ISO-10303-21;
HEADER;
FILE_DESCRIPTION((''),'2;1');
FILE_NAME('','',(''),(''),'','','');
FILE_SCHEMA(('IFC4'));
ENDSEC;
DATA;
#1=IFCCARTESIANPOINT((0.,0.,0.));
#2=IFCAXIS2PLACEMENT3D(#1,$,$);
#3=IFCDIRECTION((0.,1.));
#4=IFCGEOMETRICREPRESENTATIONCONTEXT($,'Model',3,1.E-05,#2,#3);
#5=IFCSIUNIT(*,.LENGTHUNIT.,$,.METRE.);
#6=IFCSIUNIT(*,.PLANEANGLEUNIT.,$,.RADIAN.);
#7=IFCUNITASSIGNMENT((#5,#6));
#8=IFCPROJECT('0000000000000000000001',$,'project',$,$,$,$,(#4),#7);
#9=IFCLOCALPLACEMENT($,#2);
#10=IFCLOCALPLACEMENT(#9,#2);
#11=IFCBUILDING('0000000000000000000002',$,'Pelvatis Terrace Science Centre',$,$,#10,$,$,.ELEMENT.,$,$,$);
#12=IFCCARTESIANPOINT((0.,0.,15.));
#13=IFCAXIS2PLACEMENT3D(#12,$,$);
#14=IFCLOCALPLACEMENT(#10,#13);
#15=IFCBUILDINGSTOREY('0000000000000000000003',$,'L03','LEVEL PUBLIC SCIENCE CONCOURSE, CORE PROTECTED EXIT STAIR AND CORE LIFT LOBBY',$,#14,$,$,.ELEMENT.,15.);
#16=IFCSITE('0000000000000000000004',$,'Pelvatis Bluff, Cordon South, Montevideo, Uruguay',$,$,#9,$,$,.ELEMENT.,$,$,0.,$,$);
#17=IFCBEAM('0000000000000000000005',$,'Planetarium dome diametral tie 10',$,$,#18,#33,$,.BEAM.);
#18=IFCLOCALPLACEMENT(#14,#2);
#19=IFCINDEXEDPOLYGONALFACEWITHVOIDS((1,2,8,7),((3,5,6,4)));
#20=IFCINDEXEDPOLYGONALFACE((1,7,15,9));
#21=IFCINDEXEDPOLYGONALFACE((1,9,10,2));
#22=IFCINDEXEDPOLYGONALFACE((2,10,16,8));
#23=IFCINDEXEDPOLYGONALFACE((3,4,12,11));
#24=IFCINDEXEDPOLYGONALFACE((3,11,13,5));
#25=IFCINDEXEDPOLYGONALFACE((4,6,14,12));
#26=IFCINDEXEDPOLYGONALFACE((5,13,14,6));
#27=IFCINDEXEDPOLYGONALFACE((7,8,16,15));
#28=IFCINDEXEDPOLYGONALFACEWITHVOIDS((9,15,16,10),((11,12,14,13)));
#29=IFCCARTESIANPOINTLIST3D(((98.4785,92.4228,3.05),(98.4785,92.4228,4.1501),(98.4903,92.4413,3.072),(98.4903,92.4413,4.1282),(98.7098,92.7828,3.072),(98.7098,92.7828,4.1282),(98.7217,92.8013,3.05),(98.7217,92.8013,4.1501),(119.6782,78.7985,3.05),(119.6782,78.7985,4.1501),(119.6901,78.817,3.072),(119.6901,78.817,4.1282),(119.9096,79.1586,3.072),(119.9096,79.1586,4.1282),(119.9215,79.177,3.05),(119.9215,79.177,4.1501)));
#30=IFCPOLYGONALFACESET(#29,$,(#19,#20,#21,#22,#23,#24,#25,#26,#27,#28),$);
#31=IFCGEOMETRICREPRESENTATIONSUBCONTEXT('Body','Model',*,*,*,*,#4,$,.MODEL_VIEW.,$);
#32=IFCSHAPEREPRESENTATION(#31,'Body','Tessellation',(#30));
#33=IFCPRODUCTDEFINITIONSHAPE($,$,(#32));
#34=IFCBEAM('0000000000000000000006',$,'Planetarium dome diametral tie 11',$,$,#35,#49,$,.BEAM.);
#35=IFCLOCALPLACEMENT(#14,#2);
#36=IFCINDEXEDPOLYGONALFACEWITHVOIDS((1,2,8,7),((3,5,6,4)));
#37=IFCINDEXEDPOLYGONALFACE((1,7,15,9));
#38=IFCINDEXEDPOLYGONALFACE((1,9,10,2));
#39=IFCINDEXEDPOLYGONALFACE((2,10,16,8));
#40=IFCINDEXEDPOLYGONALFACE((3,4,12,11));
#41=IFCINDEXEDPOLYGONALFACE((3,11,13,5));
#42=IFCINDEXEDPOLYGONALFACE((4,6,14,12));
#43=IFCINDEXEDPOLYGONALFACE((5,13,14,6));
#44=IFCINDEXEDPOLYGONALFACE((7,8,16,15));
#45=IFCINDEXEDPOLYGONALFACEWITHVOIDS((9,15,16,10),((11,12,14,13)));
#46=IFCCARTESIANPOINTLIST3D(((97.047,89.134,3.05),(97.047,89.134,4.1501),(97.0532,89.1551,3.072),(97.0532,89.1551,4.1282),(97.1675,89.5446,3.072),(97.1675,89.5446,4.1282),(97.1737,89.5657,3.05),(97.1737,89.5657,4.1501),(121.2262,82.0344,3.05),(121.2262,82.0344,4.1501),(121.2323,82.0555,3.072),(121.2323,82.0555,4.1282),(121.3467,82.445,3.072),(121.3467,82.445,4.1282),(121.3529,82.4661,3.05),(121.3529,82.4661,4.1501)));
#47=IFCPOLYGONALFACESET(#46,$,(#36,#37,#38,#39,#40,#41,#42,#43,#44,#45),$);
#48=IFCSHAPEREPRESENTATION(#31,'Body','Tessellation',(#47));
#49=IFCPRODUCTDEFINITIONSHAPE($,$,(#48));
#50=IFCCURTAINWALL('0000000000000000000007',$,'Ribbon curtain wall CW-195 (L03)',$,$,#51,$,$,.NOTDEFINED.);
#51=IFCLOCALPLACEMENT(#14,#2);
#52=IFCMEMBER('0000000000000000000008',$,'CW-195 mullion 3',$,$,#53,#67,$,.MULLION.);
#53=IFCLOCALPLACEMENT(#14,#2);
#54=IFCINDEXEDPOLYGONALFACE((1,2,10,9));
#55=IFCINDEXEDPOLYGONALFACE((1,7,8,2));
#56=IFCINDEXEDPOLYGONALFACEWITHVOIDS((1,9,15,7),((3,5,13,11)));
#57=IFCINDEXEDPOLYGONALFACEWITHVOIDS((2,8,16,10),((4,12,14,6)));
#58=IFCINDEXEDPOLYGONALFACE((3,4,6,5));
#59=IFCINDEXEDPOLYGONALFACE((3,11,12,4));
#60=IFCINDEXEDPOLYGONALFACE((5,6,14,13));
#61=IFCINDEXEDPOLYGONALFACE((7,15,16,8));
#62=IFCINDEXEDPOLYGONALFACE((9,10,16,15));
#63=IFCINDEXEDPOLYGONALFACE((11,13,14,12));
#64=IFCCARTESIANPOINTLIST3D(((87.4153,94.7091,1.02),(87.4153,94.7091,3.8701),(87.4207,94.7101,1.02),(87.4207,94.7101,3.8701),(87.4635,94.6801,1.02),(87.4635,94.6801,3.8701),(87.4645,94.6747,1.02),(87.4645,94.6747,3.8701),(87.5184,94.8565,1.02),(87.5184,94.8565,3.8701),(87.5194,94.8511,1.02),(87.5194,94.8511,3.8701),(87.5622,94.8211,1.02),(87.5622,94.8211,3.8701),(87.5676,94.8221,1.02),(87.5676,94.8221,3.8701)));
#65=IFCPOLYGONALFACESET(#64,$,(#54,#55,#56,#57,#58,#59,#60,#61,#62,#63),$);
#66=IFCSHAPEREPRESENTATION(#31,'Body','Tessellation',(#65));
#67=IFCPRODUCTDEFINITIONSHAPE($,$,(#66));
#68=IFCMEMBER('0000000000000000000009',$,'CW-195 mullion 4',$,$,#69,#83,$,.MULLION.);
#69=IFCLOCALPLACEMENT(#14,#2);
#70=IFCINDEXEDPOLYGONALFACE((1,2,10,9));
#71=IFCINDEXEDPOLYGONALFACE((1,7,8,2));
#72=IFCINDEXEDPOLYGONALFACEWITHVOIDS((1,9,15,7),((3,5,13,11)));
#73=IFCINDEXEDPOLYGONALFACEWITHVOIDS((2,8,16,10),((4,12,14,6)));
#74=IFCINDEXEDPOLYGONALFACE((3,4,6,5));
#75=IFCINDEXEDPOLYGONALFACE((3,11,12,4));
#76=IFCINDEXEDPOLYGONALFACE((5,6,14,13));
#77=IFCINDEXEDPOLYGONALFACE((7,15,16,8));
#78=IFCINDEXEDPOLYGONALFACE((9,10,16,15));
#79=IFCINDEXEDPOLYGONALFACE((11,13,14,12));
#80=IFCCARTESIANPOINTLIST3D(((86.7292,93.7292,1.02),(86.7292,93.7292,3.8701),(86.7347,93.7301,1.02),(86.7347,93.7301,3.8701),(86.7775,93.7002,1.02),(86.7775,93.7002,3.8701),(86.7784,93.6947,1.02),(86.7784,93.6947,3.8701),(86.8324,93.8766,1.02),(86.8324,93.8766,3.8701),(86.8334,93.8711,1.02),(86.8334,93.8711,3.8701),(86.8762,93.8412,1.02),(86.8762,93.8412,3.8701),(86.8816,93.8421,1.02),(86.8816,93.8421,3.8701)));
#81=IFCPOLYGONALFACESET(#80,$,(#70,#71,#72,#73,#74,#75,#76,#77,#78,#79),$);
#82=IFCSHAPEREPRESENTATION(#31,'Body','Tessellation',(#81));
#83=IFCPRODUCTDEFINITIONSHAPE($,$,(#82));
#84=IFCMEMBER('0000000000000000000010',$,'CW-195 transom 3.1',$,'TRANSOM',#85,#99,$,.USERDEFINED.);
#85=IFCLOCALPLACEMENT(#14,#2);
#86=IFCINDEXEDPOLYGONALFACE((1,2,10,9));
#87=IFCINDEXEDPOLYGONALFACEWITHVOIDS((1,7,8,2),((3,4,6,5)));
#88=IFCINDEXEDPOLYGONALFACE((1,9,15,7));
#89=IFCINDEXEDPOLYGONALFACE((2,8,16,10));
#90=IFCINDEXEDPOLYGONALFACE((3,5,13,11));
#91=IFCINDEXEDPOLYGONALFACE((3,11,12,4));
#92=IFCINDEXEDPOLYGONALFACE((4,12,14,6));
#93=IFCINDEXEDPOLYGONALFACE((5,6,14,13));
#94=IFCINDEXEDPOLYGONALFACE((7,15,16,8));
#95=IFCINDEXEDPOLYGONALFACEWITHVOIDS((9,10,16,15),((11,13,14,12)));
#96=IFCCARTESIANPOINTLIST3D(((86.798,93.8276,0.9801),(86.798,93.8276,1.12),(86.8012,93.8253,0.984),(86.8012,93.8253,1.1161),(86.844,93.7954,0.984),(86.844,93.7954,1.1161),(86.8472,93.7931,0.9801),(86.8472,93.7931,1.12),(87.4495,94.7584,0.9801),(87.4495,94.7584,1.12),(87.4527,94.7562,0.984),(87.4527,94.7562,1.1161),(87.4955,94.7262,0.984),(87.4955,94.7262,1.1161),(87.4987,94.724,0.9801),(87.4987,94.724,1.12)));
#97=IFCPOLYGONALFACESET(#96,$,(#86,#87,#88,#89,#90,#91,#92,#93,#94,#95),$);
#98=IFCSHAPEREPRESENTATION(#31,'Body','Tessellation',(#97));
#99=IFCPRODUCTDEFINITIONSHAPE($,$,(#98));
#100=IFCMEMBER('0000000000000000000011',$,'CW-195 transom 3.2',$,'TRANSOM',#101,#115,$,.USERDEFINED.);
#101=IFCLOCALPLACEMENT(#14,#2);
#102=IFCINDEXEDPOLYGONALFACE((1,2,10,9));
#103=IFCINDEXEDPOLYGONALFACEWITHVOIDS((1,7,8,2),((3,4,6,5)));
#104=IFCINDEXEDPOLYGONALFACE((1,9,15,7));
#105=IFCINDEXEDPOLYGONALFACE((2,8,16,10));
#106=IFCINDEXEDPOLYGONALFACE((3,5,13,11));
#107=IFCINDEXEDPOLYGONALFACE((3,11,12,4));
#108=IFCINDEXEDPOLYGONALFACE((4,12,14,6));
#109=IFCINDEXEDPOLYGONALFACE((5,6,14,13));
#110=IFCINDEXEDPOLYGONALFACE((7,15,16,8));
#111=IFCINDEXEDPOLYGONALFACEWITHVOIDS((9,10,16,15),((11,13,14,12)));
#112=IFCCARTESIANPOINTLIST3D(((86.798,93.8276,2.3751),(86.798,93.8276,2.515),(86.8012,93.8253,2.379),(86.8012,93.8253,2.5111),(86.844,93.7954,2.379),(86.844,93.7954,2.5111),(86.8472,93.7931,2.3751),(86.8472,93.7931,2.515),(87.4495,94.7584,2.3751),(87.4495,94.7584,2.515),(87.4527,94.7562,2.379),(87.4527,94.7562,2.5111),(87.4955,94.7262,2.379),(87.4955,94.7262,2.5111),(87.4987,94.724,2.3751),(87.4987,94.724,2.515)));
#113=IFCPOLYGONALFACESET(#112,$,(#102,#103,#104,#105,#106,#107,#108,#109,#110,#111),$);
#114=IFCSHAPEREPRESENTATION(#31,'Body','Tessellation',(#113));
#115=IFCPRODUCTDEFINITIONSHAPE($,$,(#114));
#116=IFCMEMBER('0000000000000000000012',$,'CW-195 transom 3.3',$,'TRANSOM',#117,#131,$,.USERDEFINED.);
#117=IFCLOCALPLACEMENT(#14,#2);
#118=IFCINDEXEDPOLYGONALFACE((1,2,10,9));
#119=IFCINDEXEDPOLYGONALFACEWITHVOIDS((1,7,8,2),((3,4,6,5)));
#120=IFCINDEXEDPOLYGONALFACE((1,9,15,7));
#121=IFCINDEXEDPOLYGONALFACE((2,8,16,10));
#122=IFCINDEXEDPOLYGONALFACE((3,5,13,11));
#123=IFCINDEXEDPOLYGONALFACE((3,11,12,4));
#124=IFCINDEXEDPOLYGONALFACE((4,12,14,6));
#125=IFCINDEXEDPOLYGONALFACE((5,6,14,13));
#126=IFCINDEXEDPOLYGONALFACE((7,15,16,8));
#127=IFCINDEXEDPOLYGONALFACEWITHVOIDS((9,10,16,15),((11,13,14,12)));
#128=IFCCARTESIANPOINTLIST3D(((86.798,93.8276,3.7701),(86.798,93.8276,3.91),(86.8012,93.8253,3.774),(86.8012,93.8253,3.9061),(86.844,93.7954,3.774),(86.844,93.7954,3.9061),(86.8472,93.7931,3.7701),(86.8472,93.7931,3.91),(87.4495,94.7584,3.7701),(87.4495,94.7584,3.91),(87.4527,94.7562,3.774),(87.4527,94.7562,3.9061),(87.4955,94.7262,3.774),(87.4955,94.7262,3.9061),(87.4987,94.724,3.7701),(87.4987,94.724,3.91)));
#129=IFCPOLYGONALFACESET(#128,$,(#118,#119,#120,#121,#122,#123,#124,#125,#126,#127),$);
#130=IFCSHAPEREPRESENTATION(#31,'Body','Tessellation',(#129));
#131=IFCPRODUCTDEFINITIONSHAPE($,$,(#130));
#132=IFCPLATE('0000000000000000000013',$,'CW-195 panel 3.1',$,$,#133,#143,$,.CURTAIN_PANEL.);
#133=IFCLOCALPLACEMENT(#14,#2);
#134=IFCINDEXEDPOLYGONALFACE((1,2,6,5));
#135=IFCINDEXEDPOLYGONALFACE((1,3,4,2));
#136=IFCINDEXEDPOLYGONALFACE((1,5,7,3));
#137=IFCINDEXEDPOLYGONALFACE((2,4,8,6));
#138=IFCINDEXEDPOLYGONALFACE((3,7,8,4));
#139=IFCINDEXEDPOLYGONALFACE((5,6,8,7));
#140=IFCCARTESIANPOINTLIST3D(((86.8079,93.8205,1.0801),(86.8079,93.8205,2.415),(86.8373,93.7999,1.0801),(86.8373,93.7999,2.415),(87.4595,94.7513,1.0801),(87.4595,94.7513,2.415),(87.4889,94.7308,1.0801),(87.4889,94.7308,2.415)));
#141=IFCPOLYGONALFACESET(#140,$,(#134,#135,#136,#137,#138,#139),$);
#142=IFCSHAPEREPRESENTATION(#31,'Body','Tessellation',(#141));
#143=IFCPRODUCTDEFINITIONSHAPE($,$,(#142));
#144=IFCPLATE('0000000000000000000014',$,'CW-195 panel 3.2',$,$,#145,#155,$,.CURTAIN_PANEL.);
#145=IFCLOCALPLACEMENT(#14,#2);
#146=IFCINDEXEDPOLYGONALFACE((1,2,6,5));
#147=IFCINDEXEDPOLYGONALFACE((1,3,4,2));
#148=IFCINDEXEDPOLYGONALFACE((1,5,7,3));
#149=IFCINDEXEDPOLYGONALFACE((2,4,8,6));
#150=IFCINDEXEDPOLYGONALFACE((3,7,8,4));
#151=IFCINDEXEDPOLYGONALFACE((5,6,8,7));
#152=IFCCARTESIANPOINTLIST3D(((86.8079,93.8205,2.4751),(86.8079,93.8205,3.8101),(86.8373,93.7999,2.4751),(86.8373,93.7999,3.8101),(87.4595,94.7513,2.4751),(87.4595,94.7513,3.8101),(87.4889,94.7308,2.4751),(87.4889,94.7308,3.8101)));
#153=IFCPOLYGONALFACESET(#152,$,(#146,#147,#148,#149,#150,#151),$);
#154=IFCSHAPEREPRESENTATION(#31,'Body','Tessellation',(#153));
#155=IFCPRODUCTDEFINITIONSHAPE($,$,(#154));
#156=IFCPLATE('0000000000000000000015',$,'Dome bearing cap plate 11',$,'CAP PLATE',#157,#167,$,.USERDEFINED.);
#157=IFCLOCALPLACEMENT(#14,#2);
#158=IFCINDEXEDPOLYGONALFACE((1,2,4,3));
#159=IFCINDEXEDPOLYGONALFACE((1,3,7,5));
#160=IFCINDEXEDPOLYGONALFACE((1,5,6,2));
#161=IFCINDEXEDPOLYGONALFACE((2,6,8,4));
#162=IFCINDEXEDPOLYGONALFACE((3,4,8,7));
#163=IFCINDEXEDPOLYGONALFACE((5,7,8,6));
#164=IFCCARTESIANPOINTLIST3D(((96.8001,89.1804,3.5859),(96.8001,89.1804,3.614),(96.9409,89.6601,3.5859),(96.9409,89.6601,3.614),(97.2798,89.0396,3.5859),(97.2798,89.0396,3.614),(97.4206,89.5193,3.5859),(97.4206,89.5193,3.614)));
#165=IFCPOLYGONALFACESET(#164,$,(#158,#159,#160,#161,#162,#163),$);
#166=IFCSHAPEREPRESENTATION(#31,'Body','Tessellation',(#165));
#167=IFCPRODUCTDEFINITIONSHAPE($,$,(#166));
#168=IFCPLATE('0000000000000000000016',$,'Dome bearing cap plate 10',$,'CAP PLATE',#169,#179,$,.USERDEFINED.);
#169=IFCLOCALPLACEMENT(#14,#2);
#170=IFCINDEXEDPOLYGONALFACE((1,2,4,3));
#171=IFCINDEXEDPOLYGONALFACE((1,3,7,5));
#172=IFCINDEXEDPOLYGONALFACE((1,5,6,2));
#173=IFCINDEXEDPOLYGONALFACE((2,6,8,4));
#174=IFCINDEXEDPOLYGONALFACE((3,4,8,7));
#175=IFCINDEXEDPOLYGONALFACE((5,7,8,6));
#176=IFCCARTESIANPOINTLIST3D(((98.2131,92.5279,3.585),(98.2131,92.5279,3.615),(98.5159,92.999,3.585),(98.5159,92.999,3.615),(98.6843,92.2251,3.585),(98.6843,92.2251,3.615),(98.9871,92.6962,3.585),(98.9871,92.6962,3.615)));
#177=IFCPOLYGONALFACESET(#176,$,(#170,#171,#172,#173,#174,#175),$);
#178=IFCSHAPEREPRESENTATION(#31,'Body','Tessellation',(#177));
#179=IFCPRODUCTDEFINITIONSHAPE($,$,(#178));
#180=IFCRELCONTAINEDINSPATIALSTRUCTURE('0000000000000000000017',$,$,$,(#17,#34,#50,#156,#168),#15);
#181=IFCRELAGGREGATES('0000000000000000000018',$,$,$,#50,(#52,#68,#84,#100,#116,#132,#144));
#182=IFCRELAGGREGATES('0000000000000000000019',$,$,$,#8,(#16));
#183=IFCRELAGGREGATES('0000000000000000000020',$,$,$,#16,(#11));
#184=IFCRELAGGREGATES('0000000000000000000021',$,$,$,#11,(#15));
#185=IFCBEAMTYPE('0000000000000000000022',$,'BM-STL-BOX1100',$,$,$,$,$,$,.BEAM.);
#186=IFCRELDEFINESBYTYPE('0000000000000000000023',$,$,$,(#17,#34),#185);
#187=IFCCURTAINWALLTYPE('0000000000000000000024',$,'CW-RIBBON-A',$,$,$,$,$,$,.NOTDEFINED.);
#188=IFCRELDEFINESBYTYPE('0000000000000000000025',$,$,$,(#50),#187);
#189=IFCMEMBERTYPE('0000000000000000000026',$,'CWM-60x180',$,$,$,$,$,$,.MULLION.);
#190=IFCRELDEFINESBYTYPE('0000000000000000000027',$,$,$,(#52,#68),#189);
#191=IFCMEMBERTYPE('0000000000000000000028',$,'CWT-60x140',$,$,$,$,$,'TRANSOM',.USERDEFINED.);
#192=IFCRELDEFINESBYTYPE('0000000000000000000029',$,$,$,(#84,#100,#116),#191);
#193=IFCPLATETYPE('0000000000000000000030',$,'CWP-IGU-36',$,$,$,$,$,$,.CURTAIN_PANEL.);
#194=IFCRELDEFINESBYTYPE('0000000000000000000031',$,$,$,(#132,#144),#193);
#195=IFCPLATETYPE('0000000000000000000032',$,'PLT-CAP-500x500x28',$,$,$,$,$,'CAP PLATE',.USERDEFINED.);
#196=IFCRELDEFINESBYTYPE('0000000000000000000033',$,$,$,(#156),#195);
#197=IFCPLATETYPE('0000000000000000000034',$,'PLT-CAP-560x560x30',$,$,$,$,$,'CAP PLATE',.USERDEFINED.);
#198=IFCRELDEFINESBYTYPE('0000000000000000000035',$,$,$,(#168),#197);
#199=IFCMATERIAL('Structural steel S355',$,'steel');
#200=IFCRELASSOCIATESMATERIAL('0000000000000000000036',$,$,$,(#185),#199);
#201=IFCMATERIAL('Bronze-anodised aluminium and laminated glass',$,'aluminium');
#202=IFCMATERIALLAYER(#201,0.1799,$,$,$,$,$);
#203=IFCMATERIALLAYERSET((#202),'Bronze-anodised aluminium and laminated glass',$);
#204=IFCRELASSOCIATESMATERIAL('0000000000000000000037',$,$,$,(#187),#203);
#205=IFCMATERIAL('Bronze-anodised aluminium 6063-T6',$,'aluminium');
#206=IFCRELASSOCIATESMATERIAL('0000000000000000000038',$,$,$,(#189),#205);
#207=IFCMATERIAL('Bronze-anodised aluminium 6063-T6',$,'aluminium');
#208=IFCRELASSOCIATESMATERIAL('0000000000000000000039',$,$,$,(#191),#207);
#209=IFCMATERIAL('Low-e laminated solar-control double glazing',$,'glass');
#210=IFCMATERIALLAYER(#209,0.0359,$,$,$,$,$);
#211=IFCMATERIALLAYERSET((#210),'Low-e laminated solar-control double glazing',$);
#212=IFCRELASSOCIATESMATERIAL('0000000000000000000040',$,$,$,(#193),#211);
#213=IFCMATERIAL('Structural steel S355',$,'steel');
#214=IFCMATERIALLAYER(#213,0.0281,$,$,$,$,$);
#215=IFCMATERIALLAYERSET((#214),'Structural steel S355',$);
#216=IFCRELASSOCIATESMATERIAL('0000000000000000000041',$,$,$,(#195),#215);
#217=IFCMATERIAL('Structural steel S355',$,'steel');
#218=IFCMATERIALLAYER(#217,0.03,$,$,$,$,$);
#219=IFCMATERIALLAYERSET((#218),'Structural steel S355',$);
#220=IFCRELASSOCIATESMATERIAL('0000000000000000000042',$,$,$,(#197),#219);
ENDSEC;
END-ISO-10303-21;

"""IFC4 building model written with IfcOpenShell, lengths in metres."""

from ifc_helpers import new_model, si_unit, direction, frame, origin, origin_2d, place, context, subcontext, project, spatial, rectangle, hollow_rectangle, extrude, material, layer, layer_set, material_profile, profile_set, type_object, element, aggregate, save


model = new_model("IFC4")

# Units and contexts
model_context = context("Model", 3, precision=1e-05, world=origin(), true_north=direction((0.0, 1.0)))
body_context = subcontext(model_context, "Body", "Model", "MODEL_VIEW")
ifc_project = project(units=[si_unit("LENGTHUNIT", "METRE"), si_unit("PLANEANGLEUNIT", "RADIAN")], contexts=[model_context])

# Site, building, storey
site_placement = place(None, origin())
site = spatial("IfcSite", under=ifc_project, at=site_placement, Name="Pelvatis Bluff, Cordon South, Montevideo, Uruguay", CompositionType="ELEMENT", RefElevation=0.0)
building_placement = place(site_placement, origin())
building = spatial("IfcBuilding", under=site, at=building_placement, Name="Pelvatis Terrace Science Centre", CompositionType="ELEMENT")
storey_placement = place(building_placement, frame((0.0, 0.0, 15.0)))
storey = spatial("IfcBuildingStorey", under=building, at=storey_placement, Name="L03", Description="LEVEL PUBLIC SCIENCE CONCOURSE, CORE PROTECTED EXIT STAIR AND CORE LIFT LOBBY", CompositionType="ELEMENT", Elevation=15.0)

# Beams
ifc_material_1 = material(Name="Structural steel S355", Category="steel")
ifc_material_profile_1 = material_profile(ifc_material_1, hollow_rectangle(XDim=0.45, YDim=1.1001, WallThickness=0.022, at=origin_2d()), Name="RHS 1100x450x22.0")
ifc_profile_set_1 = profile_set([ifc_material_profile_1], Name="Structural steel S355")
beam_type_1 = type_object("IfcBeamType", Name="BM-STL-BOX1100", PredefinedType="BEAM", material=ifc_profile_set_1)
beam_1_placement = place(storey_placement, frame((98.6001, 92.6121, 3.6001), z_axis=(0.841253, -0.540642, 0.0), x_axis=(0.540642, 0.841253, 0.0)))
element("IfcBeam", 1, at=beam_1_placement, inside=storey, type_object=beam_type_1, Name="Planetarium dome diametral tie 10", PredefinedType="BEAM", context=body_context, shape_type="SweptSolid", body=[
    extrude(hollow_rectangle(XDim=0.45, YDim=1.1001, WallThickness=0.022, at=origin_2d()), origin(), (0.0, 0.0, 1.0), 25.2002),
])
beam_2_placement = place(storey_placement, frame((97.1104, 89.3499, 3.6001), z_axis=(0.959493, -0.281731, 0.0), x_axis=(0.281731, 0.959493, 0.0)))
element("IfcBeam", 2, at=beam_2_placement, inside=storey, type_object=beam_type_1, Name="Planetarium dome diametral tie 11", PredefinedType="BEAM", context=body_context, shape_type="SweptSolid", body=[
    extrude(hollow_rectangle(XDim=0.45, YDim=1.1001, WallThickness=0.022, at=origin_2d()), origin(), (0.0, 0.0, 1.0), 25.2),
])

# Curtain wall, members, plates
ifc_material_2 = material(Name="Bronze-anodised aluminium and laminated glass", Category="aluminium")
ifc_layer_1 = layer(ifc_material_2, 0.1799)
ifc_layer_set_1 = layer_set([ifc_layer_1], Name="Bronze-anodised aluminium and laminated glass")
curtain_wall_type = type_object("IfcCurtainWallType", Name="CW-RIBBON-A", PredefinedType="NOTDEFINED", material=ifc_layer_set_1)
curtain_wall_placement = place(storey_placement, origin())
curtain_wall = element("IfcCurtainWall", 3, at=curtain_wall_placement, inside=storey, type_object=curtain_wall_type, Name="Ribbon curtain wall CW-195 (L03)", PredefinedType="NOTDEFINED")
ifc_material_3 = material(Name="Bronze-anodised aluminium 6063-T6", Category="aluminium")
ifc_material_profile_2 = material_profile(ifc_material_3, hollow_rectangle(XDim=0.0601, YDim=0.1799, WallThickness=0.0039, at=origin_2d()), Name="ALU-MUL 60x180")
ifc_profile_set_2 = profile_set([ifc_material_profile_2], Name="Bronze-anodised aluminium 6063-T6")
member_type_1 = type_object("IfcMemberType", Name="CWM-60x180", PredefinedType="MULLION", material=ifc_profile_set_2)
member_1_placement = place(storey_placement, frame((87.4915, 94.7656, 1.02), z_axis=(0.0, 0.0, 1.0), x_axis=(0.819228, -0.573468, 0.0)))
member_1 = element("IfcMember", 4, at=member_1_placement, type_object=member_type_1, Name="CW-195 mullion 3", PredefinedType="MULLION", context=body_context, shape_type="SweptSolid", body=[
    extrude(hollow_rectangle(XDim=0.0601, YDim=0.1799, WallThickness=0.0039, at=origin_2d()), origin(), (0.0, 0.0, 1.0), 2.8501),
])
member_2_placement = place(storey_placement, frame((86.8054, 93.7856, 1.02), z_axis=(0.0, 0.0, 1.0), x_axis=(0.819228, -0.573468, 0.0)))
member_2 = element("IfcMember", 5, at=member_2_placement, type_object=member_type_1, Name="CW-195 mullion 4", PredefinedType="MULLION", context=body_context, shape_type="SweptSolid", body=[
    extrude(hollow_rectangle(XDim=0.0601, YDim=0.1799, WallThickness=0.0039, at=origin_2d()), origin(), (0.0, 0.0, 1.0), 2.8501),
])
ifc_material_4 = material(Name="Bronze-anodised aluminium 6063-T6", Category="aluminium")
ifc_material_profile_3 = material_profile(ifc_material_4, hollow_rectangle(XDim=0.0601, YDim=0.1399, WallThickness=0.0039, at=origin_2d()), Name="ALU-TRN 60x140")
ifc_profile_set_3 = profile_set([ifc_material_profile_3], Name="Bronze-anodised aluminium 6063-T6")
member_type_2 = type_object("IfcMemberType", Name="CWT-60x140", ElementType="TRANSOM", PredefinedType="USERDEFINED", material=ifc_profile_set_3)
member_3_placement = place(storey_placement, frame((87.4741, 94.7412, 1.05), z_axis=(-0.573448, -0.819242, 0.0), x_axis=(0.819242, -0.573448, 0.0)))
member_3 = element("IfcMember", 6, at=member_3_placement, type_object=member_type_2, Name="CW-195 transom 3.1", ObjectType="TRANSOM", PredefinedType="USERDEFINED", context=body_context, shape_type="SweptSolid", body=[
    extrude(hollow_rectangle(XDim=0.0601, YDim=0.1399, WallThickness=0.0039, at=origin_2d()), origin(), (0.0, 0.0, 1.0), 1.1362),
])
member_4_placement = place(storey_placement, frame((87.4741, 94.7412, 2.4451), z_axis=(-0.573448, -0.819242, 0.0), x_axis=(0.819242, -0.573448, 0.0)))
member_4 = element("IfcMember", 7, at=member_4_placement, type_object=member_type_2, Name="CW-195 transom 3.2", ObjectType="TRANSOM", PredefinedType="USERDEFINED", context=body_context, shape_type="SweptSolid", body=[
    extrude(hollow_rectangle(XDim=0.0601, YDim=0.1399, WallThickness=0.0039, at=origin_2d()), origin(), (0.0, 0.0, 1.0), 1.1362),
])
member_5_placement = place(storey_placement, frame((87.4741, 94.7412, 3.8401), z_axis=(-0.573448, -0.819242, 0.0), x_axis=(0.819242, -0.573448, 0.0)))
member_5 = element("IfcMember", 8, at=member_5_placement, type_object=member_type_2, Name="CW-195 transom 3.3", ObjectType="TRANSOM", PredefinedType="USERDEFINED", context=body_context, shape_type="SweptSolid", body=[
    extrude(hollow_rectangle(XDim=0.0601, YDim=0.1399, WallThickness=0.0039, at=origin_2d()), origin(), (0.0, 0.0, 1.0), 1.1362),
])
ifc_material_5 = material(Name="Low-e laminated solar-control double glazing", Category="glass")
ifc_layer_2 = layer(ifc_material_5, 0.0359)
ifc_layer_set_2 = layer_set([ifc_layer_2], Name="Low-e laminated solar-control double glazing")
plate_type_1 = type_object("IfcPlateType", Name="CWP-IGU-36", PredefinedType="CURTAIN_PANEL", material=ifc_layer_set_2)
plate_1_placement = place(storey_placement, frame((87.1484, 94.2756, 1.0801), z_axis=(0.0, 0.0, 1.0), x_axis=(-0.573468, -0.819228, 0.0)))
plate_1 = element("IfcPlate", 9, at=plate_1_placement, type_object=plate_type_1, Name="CW-195 panel 3.1", PredefinedType="CURTAIN_PANEL", context=body_context, shape_type="SweptSolid", body=[
    extrude(rectangle(XDim=1.1362, YDim=0.0359, at=origin_2d()), origin(), (0.0, 0.0, 1.0), 1.335),
])
plate_2_placement = place(storey_placement, frame((87.1484, 94.2756, 2.4751), z_axis=(0.0, 0.0, 1.0), x_axis=(-0.573468, -0.819228, 0.0)))
plate_2 = element("IfcPlate", 10, at=plate_2_placement, type_object=plate_type_1, Name="CW-195 panel 3.2", PredefinedType="CURTAIN_PANEL", context=body_context, shape_type="SweptSolid", body=[
    extrude(rectangle(XDim=1.1362, YDim=0.0359, at=origin_2d()), origin(), (0.0, 0.0, 1.0), 1.335),
])
aggregate(curtain_wall, [member_1, member_2, member_3, member_4, member_5, plate_1, plate_2])

# Plates
ifc_material_6 = material(Name="Structural steel S355", Category="steel")
ifc_layer_3 = layer(ifc_material_6, 0.0281)
ifc_layer_set_3 = layer_set([ifc_layer_3], Name="Structural steel S355")
plate_type_2 = type_object("IfcPlateType", Name="PLT-CAP-500x500x28", ElementType="CAP PLATE", PredefinedType="USERDEFINED", material=ifc_layer_set_3)
plate_3_placement = place(storey_placement, frame((97.1104, 89.3499, 3.5859), z_axis=(0.0, 0.0, 1.0), x_axis=(-0.959511, 0.281672, 0.0)))
element("IfcPlate", 11, at=plate_3_placement, inside=storey, type_object=plate_type_2, Name="Dome bearing cap plate 11", ObjectType="CAP PLATE", PredefinedType="USERDEFINED", context=body_context, shape_type="SweptSolid", body=[
    extrude(rectangle(XDim=0.5, YDim=0.5, at=origin_2d()), origin(), (0.0, 0.0, 1.0), 0.0281),
])
ifc_material_7 = material(Name="Structural steel S355", Category="steel")
ifc_layer_4 = layer(ifc_material_7, 0.03)
ifc_layer_set_4 = layer_set([ifc_layer_4], Name="Structural steel S355")
plate_type_3 = type_object("IfcPlateType", Name="PLT-CAP-560x560x30", ElementType="CAP PLATE", PredefinedType="USERDEFINED", material=ifc_layer_set_4)
plate_4_placement = place(storey_placement, frame((98.6001, 92.6121, 3.585), z_axis=(0.0, 0.0, 1.0), x_axis=(-0.841228, 0.540681, 0.0)))
element("IfcPlate", 12, at=plate_4_placement, inside=storey, type_object=plate_type_3, Name="Dome bearing cap plate 10", ObjectType="CAP PLATE", PredefinedType="USERDEFINED", context=body_context, shape_type="SweptSolid", body=[
    extrude(rectangle(XDim=0.5601, YDim=0.5601, at=origin_2d()), origin(), (0.0, 0.0, 1.0), 0.03),
])

save(model, "model.ifc")
